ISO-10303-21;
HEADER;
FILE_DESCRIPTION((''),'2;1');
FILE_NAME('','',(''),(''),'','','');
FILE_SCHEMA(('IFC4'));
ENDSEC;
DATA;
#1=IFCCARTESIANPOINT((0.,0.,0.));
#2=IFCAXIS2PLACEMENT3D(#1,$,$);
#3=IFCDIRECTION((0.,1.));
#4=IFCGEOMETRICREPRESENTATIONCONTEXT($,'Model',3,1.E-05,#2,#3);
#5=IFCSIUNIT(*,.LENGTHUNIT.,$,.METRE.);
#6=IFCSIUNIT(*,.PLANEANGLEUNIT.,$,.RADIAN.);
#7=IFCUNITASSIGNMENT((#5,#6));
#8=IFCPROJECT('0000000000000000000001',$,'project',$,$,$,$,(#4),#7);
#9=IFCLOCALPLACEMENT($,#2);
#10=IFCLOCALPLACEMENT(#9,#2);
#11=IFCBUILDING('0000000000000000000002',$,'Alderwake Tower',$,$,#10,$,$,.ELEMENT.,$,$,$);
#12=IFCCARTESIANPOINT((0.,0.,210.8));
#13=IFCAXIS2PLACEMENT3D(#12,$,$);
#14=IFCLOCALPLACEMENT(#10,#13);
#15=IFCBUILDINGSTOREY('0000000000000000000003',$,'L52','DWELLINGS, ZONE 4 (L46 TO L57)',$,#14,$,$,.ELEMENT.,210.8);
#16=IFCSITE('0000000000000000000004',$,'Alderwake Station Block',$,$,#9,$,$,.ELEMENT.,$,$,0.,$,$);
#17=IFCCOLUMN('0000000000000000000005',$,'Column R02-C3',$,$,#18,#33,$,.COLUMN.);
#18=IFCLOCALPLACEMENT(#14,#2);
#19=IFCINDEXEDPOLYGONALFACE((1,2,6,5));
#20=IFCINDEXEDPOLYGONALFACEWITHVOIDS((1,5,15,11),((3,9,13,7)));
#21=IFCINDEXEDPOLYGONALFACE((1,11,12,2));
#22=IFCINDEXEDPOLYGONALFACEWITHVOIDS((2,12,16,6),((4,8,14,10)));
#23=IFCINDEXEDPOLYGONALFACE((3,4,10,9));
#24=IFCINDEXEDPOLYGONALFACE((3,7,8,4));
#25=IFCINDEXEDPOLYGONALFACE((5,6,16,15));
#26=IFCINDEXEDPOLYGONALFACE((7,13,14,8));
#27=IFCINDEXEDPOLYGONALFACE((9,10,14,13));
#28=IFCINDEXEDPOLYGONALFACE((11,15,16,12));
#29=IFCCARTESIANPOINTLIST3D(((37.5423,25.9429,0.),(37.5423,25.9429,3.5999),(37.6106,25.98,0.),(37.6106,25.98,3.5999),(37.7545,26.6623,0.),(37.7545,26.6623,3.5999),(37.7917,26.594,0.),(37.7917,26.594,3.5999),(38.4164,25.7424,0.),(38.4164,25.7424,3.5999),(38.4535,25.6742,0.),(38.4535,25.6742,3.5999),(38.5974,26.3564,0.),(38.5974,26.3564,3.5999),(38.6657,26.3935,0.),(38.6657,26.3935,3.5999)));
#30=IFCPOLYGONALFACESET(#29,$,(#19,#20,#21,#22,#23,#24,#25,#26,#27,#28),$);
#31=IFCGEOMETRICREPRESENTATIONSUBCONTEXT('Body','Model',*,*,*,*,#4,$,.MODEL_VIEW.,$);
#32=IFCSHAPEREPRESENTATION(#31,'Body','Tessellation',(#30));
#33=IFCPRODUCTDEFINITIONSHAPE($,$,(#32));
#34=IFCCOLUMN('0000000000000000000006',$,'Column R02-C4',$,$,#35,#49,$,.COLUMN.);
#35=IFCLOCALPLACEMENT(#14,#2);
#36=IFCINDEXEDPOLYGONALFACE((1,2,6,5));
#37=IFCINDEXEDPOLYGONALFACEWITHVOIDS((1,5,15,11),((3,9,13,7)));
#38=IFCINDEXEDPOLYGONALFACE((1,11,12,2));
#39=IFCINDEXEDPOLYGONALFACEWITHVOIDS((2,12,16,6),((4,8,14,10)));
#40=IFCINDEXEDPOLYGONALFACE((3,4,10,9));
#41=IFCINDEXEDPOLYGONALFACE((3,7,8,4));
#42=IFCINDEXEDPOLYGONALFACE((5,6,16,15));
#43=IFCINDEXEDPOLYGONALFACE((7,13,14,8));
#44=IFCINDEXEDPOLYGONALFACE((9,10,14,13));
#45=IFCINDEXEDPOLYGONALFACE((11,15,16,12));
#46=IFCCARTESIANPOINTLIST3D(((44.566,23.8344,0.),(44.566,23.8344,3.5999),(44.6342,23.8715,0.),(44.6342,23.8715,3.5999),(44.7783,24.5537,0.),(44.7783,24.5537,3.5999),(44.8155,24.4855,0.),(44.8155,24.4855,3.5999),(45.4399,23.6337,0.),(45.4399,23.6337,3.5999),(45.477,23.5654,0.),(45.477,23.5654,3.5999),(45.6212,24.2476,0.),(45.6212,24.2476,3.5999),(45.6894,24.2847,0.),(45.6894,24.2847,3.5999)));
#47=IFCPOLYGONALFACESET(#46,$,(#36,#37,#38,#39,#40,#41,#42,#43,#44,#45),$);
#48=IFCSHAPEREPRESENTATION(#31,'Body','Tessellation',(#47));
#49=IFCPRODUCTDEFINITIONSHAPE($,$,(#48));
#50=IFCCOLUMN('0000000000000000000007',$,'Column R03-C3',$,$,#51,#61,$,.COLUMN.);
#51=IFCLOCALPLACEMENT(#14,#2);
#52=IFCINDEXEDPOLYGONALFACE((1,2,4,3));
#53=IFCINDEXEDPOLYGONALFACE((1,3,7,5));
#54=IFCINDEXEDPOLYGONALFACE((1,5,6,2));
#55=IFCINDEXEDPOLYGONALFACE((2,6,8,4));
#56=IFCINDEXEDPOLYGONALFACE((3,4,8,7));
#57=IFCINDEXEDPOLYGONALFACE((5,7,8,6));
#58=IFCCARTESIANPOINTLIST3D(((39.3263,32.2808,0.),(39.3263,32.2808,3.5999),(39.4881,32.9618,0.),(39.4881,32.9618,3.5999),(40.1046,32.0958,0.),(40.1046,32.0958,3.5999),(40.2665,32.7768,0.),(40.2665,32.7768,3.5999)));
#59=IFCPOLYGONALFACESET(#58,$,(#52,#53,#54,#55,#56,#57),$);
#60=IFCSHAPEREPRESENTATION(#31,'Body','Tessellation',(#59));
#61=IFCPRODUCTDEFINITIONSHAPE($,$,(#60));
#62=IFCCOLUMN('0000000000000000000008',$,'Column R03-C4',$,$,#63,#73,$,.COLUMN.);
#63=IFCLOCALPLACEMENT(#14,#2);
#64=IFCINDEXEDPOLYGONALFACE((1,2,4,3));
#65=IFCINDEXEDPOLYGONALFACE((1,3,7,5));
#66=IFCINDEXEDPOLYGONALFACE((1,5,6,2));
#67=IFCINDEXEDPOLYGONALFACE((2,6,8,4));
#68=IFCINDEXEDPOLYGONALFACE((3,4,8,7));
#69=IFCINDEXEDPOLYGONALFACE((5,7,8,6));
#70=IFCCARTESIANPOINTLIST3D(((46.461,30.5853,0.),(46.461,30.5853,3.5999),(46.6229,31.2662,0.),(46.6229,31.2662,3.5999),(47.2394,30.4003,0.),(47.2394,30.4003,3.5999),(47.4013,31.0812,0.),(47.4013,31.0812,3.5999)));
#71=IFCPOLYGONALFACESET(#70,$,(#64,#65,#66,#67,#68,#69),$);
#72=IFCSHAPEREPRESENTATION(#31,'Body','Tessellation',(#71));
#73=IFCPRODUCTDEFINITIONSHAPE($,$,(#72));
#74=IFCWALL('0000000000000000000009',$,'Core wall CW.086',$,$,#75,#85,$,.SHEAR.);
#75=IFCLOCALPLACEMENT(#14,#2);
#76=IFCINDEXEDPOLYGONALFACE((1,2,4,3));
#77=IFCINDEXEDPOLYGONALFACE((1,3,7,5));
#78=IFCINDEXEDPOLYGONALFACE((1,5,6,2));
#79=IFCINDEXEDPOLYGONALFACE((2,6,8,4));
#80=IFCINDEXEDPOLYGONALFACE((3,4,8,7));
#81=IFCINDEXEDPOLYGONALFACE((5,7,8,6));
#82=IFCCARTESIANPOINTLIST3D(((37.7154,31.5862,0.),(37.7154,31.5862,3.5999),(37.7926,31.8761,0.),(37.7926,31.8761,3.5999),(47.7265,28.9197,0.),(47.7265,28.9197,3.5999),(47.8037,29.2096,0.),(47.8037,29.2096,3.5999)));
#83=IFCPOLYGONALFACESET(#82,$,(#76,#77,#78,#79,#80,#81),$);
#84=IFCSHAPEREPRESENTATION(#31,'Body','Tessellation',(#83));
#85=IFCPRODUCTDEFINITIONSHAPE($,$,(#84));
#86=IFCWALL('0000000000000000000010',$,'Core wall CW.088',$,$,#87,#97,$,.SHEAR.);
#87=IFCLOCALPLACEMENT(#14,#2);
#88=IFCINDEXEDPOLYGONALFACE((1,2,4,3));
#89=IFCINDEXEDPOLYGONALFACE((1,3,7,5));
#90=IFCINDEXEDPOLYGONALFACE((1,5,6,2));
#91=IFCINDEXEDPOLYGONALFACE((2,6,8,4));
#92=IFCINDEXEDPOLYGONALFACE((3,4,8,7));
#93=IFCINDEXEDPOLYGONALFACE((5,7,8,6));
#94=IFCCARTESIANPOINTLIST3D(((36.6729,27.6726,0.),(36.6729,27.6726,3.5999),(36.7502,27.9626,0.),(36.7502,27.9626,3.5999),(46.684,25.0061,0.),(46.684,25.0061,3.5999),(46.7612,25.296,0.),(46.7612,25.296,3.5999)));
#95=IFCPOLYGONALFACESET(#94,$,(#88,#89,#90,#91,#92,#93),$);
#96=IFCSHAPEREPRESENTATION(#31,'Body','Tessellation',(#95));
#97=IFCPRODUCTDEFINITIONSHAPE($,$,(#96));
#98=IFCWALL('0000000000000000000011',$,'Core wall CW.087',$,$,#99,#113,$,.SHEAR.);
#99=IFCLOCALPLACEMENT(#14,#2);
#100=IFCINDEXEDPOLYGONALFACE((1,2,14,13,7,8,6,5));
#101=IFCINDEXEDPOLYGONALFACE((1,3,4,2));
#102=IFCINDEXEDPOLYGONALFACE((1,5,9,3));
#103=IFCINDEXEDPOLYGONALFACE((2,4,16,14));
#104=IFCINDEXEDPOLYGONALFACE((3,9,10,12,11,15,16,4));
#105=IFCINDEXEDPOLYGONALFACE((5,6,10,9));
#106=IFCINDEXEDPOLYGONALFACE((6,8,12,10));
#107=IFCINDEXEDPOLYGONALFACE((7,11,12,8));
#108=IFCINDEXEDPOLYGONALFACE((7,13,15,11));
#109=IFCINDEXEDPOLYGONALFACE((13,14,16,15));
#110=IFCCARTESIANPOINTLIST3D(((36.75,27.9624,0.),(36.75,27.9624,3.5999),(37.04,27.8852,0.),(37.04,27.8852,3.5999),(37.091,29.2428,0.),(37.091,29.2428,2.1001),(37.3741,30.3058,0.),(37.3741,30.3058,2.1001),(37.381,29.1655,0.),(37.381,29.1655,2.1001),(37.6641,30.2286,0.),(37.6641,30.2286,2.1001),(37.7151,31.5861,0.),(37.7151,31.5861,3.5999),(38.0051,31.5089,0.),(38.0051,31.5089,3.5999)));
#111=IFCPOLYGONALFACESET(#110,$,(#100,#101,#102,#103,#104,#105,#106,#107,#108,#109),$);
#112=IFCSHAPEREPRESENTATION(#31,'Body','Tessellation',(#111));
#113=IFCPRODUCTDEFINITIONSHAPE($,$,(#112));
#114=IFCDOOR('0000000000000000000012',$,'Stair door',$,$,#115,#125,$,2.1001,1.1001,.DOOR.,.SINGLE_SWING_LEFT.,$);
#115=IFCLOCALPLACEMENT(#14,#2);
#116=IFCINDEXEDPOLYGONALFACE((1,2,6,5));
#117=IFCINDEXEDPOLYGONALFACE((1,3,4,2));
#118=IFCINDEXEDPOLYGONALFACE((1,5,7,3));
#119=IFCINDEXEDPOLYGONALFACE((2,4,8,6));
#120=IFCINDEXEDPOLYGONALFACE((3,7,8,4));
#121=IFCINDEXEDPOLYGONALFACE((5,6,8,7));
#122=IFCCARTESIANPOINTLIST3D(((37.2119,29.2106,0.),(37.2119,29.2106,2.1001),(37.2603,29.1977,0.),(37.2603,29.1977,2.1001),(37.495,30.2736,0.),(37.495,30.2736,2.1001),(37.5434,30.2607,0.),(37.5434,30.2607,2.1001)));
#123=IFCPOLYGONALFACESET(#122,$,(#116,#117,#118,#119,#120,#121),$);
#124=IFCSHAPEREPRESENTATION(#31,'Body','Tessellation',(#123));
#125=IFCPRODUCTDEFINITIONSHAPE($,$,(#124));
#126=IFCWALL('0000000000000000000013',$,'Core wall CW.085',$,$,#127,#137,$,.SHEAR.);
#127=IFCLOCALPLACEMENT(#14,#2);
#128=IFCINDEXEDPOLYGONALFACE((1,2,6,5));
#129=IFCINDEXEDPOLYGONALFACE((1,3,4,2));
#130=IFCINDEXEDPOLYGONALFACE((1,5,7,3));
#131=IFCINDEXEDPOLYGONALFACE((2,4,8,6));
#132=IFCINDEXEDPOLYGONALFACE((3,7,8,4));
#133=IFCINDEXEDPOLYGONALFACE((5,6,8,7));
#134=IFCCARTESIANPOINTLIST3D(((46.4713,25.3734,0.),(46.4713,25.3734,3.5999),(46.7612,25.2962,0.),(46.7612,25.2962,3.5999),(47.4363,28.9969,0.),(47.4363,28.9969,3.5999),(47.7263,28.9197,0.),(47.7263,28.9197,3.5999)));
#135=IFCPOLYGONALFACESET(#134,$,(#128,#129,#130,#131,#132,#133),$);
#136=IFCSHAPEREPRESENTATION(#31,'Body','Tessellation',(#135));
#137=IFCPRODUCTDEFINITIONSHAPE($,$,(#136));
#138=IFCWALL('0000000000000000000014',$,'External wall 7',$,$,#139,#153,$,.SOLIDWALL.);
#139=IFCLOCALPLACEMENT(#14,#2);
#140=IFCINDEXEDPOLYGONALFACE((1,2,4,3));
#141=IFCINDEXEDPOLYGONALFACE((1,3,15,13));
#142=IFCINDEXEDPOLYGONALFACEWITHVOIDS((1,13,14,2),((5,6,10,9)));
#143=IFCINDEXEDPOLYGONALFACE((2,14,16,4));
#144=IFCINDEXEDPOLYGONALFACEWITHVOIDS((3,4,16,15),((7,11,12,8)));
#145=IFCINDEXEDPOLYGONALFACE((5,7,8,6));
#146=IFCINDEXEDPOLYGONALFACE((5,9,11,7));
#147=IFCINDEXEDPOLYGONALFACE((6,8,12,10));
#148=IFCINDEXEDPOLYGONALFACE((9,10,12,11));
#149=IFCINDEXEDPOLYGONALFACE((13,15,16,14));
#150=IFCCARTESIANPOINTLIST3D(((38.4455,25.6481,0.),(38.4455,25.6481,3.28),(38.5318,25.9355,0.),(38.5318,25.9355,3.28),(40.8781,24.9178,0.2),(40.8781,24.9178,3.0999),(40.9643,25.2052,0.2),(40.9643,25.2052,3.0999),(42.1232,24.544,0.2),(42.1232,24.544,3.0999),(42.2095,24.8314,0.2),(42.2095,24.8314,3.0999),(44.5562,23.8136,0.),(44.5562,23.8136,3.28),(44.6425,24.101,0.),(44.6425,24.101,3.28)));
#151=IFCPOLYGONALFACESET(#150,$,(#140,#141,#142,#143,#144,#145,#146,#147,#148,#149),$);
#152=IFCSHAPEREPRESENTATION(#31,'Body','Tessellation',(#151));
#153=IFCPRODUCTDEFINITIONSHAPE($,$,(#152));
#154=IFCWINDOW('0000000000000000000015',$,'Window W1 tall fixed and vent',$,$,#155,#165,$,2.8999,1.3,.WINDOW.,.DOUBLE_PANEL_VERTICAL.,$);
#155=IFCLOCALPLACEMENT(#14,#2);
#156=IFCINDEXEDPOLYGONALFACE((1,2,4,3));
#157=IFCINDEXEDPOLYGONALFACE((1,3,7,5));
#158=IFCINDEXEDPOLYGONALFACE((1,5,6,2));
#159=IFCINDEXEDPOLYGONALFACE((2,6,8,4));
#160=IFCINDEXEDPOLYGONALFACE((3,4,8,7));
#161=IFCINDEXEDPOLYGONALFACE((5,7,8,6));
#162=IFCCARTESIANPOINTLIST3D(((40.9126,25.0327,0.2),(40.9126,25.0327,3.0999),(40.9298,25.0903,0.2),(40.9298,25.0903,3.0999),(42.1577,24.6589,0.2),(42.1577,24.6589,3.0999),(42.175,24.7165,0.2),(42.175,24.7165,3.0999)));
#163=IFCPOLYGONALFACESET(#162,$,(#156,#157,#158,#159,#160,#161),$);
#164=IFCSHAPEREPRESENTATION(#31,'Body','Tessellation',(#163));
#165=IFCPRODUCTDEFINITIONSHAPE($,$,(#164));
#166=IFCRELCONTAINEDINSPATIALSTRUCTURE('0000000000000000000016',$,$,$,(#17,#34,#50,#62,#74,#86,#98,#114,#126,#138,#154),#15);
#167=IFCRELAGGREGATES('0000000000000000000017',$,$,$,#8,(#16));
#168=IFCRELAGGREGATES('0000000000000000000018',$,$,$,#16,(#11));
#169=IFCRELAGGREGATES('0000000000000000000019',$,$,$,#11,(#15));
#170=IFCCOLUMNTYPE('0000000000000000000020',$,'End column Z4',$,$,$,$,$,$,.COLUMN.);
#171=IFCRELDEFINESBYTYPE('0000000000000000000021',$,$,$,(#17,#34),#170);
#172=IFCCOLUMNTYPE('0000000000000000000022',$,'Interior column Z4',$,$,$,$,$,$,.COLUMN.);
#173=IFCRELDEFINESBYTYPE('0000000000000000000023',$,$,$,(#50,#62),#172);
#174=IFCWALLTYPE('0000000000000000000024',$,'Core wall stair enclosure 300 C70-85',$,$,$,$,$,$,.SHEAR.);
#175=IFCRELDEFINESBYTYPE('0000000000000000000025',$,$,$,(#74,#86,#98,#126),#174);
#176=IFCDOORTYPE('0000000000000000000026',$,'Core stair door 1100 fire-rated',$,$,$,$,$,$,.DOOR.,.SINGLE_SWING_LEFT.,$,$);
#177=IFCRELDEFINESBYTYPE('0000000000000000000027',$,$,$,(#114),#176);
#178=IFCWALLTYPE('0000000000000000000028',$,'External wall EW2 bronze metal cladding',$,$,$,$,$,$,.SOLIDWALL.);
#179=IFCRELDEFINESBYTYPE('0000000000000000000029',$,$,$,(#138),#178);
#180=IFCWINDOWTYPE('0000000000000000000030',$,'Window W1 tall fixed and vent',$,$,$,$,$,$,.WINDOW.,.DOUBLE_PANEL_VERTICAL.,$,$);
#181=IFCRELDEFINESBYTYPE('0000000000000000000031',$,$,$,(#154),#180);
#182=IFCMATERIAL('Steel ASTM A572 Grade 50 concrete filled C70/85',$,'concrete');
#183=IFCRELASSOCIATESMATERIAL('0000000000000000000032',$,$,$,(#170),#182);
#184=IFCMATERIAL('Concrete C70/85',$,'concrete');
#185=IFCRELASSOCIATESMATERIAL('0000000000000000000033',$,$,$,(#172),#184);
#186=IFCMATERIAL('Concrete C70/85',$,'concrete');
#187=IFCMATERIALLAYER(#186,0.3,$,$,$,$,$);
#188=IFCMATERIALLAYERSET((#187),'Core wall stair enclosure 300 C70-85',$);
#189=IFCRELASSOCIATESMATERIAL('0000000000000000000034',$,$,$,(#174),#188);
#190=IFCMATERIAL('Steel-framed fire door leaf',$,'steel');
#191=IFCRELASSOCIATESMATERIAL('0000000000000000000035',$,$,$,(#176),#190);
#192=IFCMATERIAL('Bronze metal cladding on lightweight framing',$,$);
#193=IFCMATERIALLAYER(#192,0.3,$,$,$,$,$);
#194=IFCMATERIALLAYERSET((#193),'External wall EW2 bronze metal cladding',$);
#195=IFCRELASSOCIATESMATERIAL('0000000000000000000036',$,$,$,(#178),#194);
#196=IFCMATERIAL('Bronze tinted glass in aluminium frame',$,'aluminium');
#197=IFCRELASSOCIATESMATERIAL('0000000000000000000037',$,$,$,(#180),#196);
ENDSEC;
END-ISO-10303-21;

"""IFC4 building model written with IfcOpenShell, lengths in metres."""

from ifc_helpers import new_model, si_unit, direction, frame, frame_2d, origin, origin_2d, place, context, subcontext, project, spatial, rectangle, hollow_rectangle, extrude, material, layer, layer_set, material_profile, profile_set, type_object, element, fill, save


model = new_model("IFC4")

# Units and contexts
model_context = context("Model", 3, precision=1e-05, world=origin(), true_north=direction((0.0, 1.0)))
body_context = subcontext(model_context, "Body", "Model", "MODEL_VIEW")
ifc_project = project(units=[si_unit("LENGTHUNIT", "METRE"), si_unit("PLANEANGLEUNIT", "RADIAN")], contexts=[model_context])

# Site, building, storey
site_placement = place(None, origin())
site = spatial("IfcSite", under=ifc_project, at=site_placement, Name="Alderwake Station Block", CompositionType="ELEMENT", RefElevation=0.0)
building_placement = place(site_placement, origin())
building = spatial("IfcBuilding", under=site, at=building_placement, Name="Alderwake Tower", CompositionType="ELEMENT")
storey_placement = place(building_placement, frame((0.0, 0.0, 210.8)))
storey = spatial("IfcBuildingStorey", under=building, at=storey_placement, Name="L52", Description="DWELLINGS, ZONE 4 (L46 TO L57)", CompositionType="ELEMENT", Elevation=210.8)

# Columns
ifc_material_1 = material(Name="Steel ASTM A572 Grade 50 concrete filled C70/85", Category="concrete")
ifc_material_profile_1 = material_profile(ifc_material_1, hollow_rectangle(XDim=0.75, YDim=0.95, WallThickness=0.0549, at=origin_2d()), Name="BOX 950X750X55")
ifc_profile_set_1 = profile_set([ifc_material_profile_1], Name="Steel ASTM A572 Grade 50 concrete filled C70/85")
column_type_1 = type_object("IfcColumnType", Name="End column Z4", PredefinedType="COLUMN", material=ifc_profile_set_1)
for number, where, z_axis, x_axis, name in (
    (1, (38.104, 26.1682, 0.0), (0.0, 0.0, 1.0), (0.282879, 0.959156, 0.0), "Column R02-C3"),
    (2, (45.1277, 24.0596, 0.0), (0.0, 0.0, 1.0), (0.283142, 0.959078, 0.0), "Column R02-C4"),
):
    element("IfcColumn", number, at=place(storey_placement, frame(where, z_axis=z_axis, x_axis=x_axis)), inside=storey, type_object=column_type_1, Name=name, PredefinedType="COLUMN", context=body_context, shape_type="SweptSolid", body=[
        extrude(hollow_rectangle(XDim=0.75, YDim=0.95, WallThickness=0.0549, at=origin_2d()), origin(), (0.0, 0.0, 1.0), 3.5999),
    ])
ifc_material_2 = material(Name="Concrete C70/85", Category="concrete")
ifc_material_profile_2 = material_profile(ifc_material_2, rectangle(XDim=0.7, YDim=0.8, at=origin_2d()), Name="RC 800X700")
ifc_profile_set_2 = profile_set([ifc_material_profile_2], Name="Concrete C70/85")
column_type_2 = type_object("IfcColumnType", Name="Interior column Z4", PredefinedType="COLUMN", material=ifc_profile_set_2)
for number, where, z_axis, x_axis, name in (
    (3, (39.7964, 32.5288, 0.0), (0.0, 0.0, 1.0), (0.231222, 0.972901, 0.0), "Column R03-C3"),
    (4, (46.9312, 30.8333, 0.0), (0.0, 0.0, 1.0), (0.231222, 0.972901, 0.0), "Column R03-C4"),
):
    element("IfcColumn", number, at=place(storey_placement, frame(where, z_axis=z_axis, x_axis=x_axis)), inside=storey, type_object=column_type_2, Name=name, PredefinedType="COLUMN", context=body_context, shape_type="SweptSolid", body=[
        extrude(rectangle(XDim=0.7, YDim=0.8, at=origin_2d()), origin(), (0.0, 0.0, 1.0), 3.5999),
    ])

# Walls
ifc_material_3 = material(Name="Concrete C70/85", Category="concrete")
ifc_layer_1 = layer(ifc_material_3, 0.3)
ifc_layer_set_1 = layer_set([ifc_layer_1], Name="Core wall stair enclosure 300 C70-85")
wall_type_1 = type_object("IfcWallType", Name="Core wall stair enclosure 300 C70-85", PredefinedType="SHEAR", material=ifc_layer_set_1)
for number, where, z_axis, x_axis, name in (
    (5, (37.7539, 31.7312, 0.0), (0.0, 0.0, 1.0), (0.966309, -0.257384, 0.0), "Core wall CW.086"),
    (6, (36.7114, 27.8176, 0.0), (0.0, 0.0, 1.0), (0.966309, -0.257384, 0.0), "Core wall CW.088"),
):
    element("IfcWall", number, at=place(storey_placement, frame(where, z_axis=z_axis, x_axis=x_axis)), inside=storey, type_object=wall_type_1, Name=name, PredefinedType="SHEAR", context=body_context, shape_type="SweptSolid", body=[
        extrude(rectangle(XDim=10.3601, YDim=0.3, at=frame_2d((5.1802, 0.0))), origin(), (0.0, 0.0, 1.0), 3.5999),
    ])

# Wall, opening, door
wall_1_placement = place(storey_placement, frame((36.895, 27.9238, 0.0), z_axis=(0.0, 0.0, 1.0), x_axis=(0.257351, 0.966318, 0.0)))
wall_1 = element("IfcWall", 7, at=wall_1_placement, inside=storey, type_object=wall_type_1, Name="Core wall CW.087", PredefinedType="SHEAR", context=body_context, shape_type="SweptSolid", body=[
    extrude(rectangle(XDim=3.75, YDim=0.3, at=frame_2d((1.875, 0.0))), origin(), (0.0, 0.0, 1.0), 3.5999),
])
opening_1_placement = place(wall_1_placement, frame((1.325, 0.0, 0.0)))
opening_1 = element("IfcOpeningElement", 8, at=opening_1_placement, cuts=wall_1, PredefinedType="OPENING", context=body_context, shape_type="SweptSolid", body=[
    extrude(rectangle(XDim=1.1001, YDim=2.1001, at=frame_2d((0.55, 1.05))), frame((0.0, 0.1599, 0.0), z_axis=(0.0, -1.0, 0.0), x_axis=(1.0, 0.0, 0.0)), (0.0, 0.0, 1.0), 0.3201),
])
ifc_material_4 = material(Name="Steel-framed fire door leaf", Category="steel")
door_type = type_object("IfcDoorType", Name="Core stair door 1100 fire-rated", OperationType="SINGLE_SWING_LEFT", PredefinedType="DOOR", material=ifc_material_4)
door_placement = place(opening_1_placement, origin())
door = element("IfcDoor", 9, at=door_placement, inside=storey, type_object=door_type, Name="Stair door", OperationType="SINGLE_SWING_LEFT", OverallHeight=2.1001, OverallWidth=1.1001, PredefinedType="DOOR", context=body_context, shape_type="SweptSolid", body=[
    extrude(rectangle(XDim=1.1001, YDim=2.1001, at=frame_2d((0.55, 1.05))), frame((0.0, 0.0249, 0.0), z_axis=(0.0, -1.0, 0.0), x_axis=(1.0, 0.0, 0.0)), (0.0, 0.0, 1.0), 0.05),
])
fill(opening_1, door)

# Wall
wall_2_placement = place(storey_placement, frame((46.6162, 25.3347, 0.0), z_axis=(0.0, 0.0, 1.0), x_axis=(0.257367, 0.966314, 0.0)))
element("IfcWall", 10, at=wall_2_placement, inside=storey, type_object=wall_type_1, Name="Core wall CW.085", PredefinedType="SHEAR", context=body_context, shape_type="SweptSolid", body=[
    extrude(rectangle(XDim=3.7498, YDim=0.3, at=frame_2d((1.875, 0.0))), origin(), (0.0, 0.0, 1.0), 3.5999),
])

# Wall, opening, window
ifc_material_5 = material(Name="Bronze metal cladding on lightweight framing")
ifc_layer_2 = layer(ifc_material_5, 0.3)
ifc_layer_set_2 = layer_set([ifc_layer_2], Name="External wall EW2 bronze metal cladding")
wall_type_2 = type_object("IfcWallType", Name="External wall EW2 bronze metal cladding", PredefinedType="SOLIDWALL", material=ifc_layer_set_2)
wall_3_placement = place(storey_placement, frame((38.4888, 25.7917, 0.0), z_axis=(0.0, 0.0, 1.0), x_axis=(0.95777, -0.287534, 0.0)))
wall_3 = element("IfcWall", 11, at=wall_3_placement, inside=storey, type_object=wall_type_2, Name="External wall 7", PredefinedType="SOLIDWALL", context=body_context, shape_type="SweptSolid", body=[
    extrude(rectangle(XDim=6.3801, YDim=0.3, at=frame_2d((3.1899, 0.0))), origin(), (0.0, 0.0, 1.0), 3.28),
])
opening_2_placement = place(wall_3_placement, frame((2.5398, 0.0, 0.2)))
opening_2 = element("IfcOpeningElement", 12, at=opening_2_placement, cuts=wall_3, PredefinedType="OPENING", context=body_context, shape_type="SweptSolid", body=[
    extrude(rectangle(XDim=1.3, YDim=2.8999, at=frame_2d((0.6499, 1.45))), frame((0.0, 0.1599, 0.0), z_axis=(0.0, -1.0, 0.0), x_axis=(1.0, 0.0, 0.0)), (0.0, 0.0, 1.0), 0.3201),
])
ifc_material_6 = material(Name="Bronze tinted glass in aluminium frame", Category="aluminium")
window_type = type_object("IfcWindowType", Name="Window W1 tall fixed and vent", PartitioningType="DOUBLE_PANEL_VERTICAL", PredefinedType="WINDOW", material=ifc_material_6)
window_1_placement = place(opening_2_placement, origin())
window_1 = element("IfcWindow", 13, at=window_1_placement, inside=storey, type_object=window_type, Name="Window W1 tall fixed and vent", OverallHeight=2.8999, OverallWidth=1.3, PartitioningType="DOUBLE_PANEL_VERTICAL", PredefinedType="WINDOW", context=body_context, shape_type="SweptSolid", body=[
    extrude(rectangle(XDim=1.3, YDim=2.8999, at=frame_2d((0.6499, 1.45))), frame((0.0, 0.03, 0.0), z_axis=(0.0, -1.0, 0.0), x_axis=(1.0, 0.0, 0.0)), (0.0, 0.0, 1.0), 0.0601),
])
fill(opening_2, window_1)

save(model, "model.ifc")
